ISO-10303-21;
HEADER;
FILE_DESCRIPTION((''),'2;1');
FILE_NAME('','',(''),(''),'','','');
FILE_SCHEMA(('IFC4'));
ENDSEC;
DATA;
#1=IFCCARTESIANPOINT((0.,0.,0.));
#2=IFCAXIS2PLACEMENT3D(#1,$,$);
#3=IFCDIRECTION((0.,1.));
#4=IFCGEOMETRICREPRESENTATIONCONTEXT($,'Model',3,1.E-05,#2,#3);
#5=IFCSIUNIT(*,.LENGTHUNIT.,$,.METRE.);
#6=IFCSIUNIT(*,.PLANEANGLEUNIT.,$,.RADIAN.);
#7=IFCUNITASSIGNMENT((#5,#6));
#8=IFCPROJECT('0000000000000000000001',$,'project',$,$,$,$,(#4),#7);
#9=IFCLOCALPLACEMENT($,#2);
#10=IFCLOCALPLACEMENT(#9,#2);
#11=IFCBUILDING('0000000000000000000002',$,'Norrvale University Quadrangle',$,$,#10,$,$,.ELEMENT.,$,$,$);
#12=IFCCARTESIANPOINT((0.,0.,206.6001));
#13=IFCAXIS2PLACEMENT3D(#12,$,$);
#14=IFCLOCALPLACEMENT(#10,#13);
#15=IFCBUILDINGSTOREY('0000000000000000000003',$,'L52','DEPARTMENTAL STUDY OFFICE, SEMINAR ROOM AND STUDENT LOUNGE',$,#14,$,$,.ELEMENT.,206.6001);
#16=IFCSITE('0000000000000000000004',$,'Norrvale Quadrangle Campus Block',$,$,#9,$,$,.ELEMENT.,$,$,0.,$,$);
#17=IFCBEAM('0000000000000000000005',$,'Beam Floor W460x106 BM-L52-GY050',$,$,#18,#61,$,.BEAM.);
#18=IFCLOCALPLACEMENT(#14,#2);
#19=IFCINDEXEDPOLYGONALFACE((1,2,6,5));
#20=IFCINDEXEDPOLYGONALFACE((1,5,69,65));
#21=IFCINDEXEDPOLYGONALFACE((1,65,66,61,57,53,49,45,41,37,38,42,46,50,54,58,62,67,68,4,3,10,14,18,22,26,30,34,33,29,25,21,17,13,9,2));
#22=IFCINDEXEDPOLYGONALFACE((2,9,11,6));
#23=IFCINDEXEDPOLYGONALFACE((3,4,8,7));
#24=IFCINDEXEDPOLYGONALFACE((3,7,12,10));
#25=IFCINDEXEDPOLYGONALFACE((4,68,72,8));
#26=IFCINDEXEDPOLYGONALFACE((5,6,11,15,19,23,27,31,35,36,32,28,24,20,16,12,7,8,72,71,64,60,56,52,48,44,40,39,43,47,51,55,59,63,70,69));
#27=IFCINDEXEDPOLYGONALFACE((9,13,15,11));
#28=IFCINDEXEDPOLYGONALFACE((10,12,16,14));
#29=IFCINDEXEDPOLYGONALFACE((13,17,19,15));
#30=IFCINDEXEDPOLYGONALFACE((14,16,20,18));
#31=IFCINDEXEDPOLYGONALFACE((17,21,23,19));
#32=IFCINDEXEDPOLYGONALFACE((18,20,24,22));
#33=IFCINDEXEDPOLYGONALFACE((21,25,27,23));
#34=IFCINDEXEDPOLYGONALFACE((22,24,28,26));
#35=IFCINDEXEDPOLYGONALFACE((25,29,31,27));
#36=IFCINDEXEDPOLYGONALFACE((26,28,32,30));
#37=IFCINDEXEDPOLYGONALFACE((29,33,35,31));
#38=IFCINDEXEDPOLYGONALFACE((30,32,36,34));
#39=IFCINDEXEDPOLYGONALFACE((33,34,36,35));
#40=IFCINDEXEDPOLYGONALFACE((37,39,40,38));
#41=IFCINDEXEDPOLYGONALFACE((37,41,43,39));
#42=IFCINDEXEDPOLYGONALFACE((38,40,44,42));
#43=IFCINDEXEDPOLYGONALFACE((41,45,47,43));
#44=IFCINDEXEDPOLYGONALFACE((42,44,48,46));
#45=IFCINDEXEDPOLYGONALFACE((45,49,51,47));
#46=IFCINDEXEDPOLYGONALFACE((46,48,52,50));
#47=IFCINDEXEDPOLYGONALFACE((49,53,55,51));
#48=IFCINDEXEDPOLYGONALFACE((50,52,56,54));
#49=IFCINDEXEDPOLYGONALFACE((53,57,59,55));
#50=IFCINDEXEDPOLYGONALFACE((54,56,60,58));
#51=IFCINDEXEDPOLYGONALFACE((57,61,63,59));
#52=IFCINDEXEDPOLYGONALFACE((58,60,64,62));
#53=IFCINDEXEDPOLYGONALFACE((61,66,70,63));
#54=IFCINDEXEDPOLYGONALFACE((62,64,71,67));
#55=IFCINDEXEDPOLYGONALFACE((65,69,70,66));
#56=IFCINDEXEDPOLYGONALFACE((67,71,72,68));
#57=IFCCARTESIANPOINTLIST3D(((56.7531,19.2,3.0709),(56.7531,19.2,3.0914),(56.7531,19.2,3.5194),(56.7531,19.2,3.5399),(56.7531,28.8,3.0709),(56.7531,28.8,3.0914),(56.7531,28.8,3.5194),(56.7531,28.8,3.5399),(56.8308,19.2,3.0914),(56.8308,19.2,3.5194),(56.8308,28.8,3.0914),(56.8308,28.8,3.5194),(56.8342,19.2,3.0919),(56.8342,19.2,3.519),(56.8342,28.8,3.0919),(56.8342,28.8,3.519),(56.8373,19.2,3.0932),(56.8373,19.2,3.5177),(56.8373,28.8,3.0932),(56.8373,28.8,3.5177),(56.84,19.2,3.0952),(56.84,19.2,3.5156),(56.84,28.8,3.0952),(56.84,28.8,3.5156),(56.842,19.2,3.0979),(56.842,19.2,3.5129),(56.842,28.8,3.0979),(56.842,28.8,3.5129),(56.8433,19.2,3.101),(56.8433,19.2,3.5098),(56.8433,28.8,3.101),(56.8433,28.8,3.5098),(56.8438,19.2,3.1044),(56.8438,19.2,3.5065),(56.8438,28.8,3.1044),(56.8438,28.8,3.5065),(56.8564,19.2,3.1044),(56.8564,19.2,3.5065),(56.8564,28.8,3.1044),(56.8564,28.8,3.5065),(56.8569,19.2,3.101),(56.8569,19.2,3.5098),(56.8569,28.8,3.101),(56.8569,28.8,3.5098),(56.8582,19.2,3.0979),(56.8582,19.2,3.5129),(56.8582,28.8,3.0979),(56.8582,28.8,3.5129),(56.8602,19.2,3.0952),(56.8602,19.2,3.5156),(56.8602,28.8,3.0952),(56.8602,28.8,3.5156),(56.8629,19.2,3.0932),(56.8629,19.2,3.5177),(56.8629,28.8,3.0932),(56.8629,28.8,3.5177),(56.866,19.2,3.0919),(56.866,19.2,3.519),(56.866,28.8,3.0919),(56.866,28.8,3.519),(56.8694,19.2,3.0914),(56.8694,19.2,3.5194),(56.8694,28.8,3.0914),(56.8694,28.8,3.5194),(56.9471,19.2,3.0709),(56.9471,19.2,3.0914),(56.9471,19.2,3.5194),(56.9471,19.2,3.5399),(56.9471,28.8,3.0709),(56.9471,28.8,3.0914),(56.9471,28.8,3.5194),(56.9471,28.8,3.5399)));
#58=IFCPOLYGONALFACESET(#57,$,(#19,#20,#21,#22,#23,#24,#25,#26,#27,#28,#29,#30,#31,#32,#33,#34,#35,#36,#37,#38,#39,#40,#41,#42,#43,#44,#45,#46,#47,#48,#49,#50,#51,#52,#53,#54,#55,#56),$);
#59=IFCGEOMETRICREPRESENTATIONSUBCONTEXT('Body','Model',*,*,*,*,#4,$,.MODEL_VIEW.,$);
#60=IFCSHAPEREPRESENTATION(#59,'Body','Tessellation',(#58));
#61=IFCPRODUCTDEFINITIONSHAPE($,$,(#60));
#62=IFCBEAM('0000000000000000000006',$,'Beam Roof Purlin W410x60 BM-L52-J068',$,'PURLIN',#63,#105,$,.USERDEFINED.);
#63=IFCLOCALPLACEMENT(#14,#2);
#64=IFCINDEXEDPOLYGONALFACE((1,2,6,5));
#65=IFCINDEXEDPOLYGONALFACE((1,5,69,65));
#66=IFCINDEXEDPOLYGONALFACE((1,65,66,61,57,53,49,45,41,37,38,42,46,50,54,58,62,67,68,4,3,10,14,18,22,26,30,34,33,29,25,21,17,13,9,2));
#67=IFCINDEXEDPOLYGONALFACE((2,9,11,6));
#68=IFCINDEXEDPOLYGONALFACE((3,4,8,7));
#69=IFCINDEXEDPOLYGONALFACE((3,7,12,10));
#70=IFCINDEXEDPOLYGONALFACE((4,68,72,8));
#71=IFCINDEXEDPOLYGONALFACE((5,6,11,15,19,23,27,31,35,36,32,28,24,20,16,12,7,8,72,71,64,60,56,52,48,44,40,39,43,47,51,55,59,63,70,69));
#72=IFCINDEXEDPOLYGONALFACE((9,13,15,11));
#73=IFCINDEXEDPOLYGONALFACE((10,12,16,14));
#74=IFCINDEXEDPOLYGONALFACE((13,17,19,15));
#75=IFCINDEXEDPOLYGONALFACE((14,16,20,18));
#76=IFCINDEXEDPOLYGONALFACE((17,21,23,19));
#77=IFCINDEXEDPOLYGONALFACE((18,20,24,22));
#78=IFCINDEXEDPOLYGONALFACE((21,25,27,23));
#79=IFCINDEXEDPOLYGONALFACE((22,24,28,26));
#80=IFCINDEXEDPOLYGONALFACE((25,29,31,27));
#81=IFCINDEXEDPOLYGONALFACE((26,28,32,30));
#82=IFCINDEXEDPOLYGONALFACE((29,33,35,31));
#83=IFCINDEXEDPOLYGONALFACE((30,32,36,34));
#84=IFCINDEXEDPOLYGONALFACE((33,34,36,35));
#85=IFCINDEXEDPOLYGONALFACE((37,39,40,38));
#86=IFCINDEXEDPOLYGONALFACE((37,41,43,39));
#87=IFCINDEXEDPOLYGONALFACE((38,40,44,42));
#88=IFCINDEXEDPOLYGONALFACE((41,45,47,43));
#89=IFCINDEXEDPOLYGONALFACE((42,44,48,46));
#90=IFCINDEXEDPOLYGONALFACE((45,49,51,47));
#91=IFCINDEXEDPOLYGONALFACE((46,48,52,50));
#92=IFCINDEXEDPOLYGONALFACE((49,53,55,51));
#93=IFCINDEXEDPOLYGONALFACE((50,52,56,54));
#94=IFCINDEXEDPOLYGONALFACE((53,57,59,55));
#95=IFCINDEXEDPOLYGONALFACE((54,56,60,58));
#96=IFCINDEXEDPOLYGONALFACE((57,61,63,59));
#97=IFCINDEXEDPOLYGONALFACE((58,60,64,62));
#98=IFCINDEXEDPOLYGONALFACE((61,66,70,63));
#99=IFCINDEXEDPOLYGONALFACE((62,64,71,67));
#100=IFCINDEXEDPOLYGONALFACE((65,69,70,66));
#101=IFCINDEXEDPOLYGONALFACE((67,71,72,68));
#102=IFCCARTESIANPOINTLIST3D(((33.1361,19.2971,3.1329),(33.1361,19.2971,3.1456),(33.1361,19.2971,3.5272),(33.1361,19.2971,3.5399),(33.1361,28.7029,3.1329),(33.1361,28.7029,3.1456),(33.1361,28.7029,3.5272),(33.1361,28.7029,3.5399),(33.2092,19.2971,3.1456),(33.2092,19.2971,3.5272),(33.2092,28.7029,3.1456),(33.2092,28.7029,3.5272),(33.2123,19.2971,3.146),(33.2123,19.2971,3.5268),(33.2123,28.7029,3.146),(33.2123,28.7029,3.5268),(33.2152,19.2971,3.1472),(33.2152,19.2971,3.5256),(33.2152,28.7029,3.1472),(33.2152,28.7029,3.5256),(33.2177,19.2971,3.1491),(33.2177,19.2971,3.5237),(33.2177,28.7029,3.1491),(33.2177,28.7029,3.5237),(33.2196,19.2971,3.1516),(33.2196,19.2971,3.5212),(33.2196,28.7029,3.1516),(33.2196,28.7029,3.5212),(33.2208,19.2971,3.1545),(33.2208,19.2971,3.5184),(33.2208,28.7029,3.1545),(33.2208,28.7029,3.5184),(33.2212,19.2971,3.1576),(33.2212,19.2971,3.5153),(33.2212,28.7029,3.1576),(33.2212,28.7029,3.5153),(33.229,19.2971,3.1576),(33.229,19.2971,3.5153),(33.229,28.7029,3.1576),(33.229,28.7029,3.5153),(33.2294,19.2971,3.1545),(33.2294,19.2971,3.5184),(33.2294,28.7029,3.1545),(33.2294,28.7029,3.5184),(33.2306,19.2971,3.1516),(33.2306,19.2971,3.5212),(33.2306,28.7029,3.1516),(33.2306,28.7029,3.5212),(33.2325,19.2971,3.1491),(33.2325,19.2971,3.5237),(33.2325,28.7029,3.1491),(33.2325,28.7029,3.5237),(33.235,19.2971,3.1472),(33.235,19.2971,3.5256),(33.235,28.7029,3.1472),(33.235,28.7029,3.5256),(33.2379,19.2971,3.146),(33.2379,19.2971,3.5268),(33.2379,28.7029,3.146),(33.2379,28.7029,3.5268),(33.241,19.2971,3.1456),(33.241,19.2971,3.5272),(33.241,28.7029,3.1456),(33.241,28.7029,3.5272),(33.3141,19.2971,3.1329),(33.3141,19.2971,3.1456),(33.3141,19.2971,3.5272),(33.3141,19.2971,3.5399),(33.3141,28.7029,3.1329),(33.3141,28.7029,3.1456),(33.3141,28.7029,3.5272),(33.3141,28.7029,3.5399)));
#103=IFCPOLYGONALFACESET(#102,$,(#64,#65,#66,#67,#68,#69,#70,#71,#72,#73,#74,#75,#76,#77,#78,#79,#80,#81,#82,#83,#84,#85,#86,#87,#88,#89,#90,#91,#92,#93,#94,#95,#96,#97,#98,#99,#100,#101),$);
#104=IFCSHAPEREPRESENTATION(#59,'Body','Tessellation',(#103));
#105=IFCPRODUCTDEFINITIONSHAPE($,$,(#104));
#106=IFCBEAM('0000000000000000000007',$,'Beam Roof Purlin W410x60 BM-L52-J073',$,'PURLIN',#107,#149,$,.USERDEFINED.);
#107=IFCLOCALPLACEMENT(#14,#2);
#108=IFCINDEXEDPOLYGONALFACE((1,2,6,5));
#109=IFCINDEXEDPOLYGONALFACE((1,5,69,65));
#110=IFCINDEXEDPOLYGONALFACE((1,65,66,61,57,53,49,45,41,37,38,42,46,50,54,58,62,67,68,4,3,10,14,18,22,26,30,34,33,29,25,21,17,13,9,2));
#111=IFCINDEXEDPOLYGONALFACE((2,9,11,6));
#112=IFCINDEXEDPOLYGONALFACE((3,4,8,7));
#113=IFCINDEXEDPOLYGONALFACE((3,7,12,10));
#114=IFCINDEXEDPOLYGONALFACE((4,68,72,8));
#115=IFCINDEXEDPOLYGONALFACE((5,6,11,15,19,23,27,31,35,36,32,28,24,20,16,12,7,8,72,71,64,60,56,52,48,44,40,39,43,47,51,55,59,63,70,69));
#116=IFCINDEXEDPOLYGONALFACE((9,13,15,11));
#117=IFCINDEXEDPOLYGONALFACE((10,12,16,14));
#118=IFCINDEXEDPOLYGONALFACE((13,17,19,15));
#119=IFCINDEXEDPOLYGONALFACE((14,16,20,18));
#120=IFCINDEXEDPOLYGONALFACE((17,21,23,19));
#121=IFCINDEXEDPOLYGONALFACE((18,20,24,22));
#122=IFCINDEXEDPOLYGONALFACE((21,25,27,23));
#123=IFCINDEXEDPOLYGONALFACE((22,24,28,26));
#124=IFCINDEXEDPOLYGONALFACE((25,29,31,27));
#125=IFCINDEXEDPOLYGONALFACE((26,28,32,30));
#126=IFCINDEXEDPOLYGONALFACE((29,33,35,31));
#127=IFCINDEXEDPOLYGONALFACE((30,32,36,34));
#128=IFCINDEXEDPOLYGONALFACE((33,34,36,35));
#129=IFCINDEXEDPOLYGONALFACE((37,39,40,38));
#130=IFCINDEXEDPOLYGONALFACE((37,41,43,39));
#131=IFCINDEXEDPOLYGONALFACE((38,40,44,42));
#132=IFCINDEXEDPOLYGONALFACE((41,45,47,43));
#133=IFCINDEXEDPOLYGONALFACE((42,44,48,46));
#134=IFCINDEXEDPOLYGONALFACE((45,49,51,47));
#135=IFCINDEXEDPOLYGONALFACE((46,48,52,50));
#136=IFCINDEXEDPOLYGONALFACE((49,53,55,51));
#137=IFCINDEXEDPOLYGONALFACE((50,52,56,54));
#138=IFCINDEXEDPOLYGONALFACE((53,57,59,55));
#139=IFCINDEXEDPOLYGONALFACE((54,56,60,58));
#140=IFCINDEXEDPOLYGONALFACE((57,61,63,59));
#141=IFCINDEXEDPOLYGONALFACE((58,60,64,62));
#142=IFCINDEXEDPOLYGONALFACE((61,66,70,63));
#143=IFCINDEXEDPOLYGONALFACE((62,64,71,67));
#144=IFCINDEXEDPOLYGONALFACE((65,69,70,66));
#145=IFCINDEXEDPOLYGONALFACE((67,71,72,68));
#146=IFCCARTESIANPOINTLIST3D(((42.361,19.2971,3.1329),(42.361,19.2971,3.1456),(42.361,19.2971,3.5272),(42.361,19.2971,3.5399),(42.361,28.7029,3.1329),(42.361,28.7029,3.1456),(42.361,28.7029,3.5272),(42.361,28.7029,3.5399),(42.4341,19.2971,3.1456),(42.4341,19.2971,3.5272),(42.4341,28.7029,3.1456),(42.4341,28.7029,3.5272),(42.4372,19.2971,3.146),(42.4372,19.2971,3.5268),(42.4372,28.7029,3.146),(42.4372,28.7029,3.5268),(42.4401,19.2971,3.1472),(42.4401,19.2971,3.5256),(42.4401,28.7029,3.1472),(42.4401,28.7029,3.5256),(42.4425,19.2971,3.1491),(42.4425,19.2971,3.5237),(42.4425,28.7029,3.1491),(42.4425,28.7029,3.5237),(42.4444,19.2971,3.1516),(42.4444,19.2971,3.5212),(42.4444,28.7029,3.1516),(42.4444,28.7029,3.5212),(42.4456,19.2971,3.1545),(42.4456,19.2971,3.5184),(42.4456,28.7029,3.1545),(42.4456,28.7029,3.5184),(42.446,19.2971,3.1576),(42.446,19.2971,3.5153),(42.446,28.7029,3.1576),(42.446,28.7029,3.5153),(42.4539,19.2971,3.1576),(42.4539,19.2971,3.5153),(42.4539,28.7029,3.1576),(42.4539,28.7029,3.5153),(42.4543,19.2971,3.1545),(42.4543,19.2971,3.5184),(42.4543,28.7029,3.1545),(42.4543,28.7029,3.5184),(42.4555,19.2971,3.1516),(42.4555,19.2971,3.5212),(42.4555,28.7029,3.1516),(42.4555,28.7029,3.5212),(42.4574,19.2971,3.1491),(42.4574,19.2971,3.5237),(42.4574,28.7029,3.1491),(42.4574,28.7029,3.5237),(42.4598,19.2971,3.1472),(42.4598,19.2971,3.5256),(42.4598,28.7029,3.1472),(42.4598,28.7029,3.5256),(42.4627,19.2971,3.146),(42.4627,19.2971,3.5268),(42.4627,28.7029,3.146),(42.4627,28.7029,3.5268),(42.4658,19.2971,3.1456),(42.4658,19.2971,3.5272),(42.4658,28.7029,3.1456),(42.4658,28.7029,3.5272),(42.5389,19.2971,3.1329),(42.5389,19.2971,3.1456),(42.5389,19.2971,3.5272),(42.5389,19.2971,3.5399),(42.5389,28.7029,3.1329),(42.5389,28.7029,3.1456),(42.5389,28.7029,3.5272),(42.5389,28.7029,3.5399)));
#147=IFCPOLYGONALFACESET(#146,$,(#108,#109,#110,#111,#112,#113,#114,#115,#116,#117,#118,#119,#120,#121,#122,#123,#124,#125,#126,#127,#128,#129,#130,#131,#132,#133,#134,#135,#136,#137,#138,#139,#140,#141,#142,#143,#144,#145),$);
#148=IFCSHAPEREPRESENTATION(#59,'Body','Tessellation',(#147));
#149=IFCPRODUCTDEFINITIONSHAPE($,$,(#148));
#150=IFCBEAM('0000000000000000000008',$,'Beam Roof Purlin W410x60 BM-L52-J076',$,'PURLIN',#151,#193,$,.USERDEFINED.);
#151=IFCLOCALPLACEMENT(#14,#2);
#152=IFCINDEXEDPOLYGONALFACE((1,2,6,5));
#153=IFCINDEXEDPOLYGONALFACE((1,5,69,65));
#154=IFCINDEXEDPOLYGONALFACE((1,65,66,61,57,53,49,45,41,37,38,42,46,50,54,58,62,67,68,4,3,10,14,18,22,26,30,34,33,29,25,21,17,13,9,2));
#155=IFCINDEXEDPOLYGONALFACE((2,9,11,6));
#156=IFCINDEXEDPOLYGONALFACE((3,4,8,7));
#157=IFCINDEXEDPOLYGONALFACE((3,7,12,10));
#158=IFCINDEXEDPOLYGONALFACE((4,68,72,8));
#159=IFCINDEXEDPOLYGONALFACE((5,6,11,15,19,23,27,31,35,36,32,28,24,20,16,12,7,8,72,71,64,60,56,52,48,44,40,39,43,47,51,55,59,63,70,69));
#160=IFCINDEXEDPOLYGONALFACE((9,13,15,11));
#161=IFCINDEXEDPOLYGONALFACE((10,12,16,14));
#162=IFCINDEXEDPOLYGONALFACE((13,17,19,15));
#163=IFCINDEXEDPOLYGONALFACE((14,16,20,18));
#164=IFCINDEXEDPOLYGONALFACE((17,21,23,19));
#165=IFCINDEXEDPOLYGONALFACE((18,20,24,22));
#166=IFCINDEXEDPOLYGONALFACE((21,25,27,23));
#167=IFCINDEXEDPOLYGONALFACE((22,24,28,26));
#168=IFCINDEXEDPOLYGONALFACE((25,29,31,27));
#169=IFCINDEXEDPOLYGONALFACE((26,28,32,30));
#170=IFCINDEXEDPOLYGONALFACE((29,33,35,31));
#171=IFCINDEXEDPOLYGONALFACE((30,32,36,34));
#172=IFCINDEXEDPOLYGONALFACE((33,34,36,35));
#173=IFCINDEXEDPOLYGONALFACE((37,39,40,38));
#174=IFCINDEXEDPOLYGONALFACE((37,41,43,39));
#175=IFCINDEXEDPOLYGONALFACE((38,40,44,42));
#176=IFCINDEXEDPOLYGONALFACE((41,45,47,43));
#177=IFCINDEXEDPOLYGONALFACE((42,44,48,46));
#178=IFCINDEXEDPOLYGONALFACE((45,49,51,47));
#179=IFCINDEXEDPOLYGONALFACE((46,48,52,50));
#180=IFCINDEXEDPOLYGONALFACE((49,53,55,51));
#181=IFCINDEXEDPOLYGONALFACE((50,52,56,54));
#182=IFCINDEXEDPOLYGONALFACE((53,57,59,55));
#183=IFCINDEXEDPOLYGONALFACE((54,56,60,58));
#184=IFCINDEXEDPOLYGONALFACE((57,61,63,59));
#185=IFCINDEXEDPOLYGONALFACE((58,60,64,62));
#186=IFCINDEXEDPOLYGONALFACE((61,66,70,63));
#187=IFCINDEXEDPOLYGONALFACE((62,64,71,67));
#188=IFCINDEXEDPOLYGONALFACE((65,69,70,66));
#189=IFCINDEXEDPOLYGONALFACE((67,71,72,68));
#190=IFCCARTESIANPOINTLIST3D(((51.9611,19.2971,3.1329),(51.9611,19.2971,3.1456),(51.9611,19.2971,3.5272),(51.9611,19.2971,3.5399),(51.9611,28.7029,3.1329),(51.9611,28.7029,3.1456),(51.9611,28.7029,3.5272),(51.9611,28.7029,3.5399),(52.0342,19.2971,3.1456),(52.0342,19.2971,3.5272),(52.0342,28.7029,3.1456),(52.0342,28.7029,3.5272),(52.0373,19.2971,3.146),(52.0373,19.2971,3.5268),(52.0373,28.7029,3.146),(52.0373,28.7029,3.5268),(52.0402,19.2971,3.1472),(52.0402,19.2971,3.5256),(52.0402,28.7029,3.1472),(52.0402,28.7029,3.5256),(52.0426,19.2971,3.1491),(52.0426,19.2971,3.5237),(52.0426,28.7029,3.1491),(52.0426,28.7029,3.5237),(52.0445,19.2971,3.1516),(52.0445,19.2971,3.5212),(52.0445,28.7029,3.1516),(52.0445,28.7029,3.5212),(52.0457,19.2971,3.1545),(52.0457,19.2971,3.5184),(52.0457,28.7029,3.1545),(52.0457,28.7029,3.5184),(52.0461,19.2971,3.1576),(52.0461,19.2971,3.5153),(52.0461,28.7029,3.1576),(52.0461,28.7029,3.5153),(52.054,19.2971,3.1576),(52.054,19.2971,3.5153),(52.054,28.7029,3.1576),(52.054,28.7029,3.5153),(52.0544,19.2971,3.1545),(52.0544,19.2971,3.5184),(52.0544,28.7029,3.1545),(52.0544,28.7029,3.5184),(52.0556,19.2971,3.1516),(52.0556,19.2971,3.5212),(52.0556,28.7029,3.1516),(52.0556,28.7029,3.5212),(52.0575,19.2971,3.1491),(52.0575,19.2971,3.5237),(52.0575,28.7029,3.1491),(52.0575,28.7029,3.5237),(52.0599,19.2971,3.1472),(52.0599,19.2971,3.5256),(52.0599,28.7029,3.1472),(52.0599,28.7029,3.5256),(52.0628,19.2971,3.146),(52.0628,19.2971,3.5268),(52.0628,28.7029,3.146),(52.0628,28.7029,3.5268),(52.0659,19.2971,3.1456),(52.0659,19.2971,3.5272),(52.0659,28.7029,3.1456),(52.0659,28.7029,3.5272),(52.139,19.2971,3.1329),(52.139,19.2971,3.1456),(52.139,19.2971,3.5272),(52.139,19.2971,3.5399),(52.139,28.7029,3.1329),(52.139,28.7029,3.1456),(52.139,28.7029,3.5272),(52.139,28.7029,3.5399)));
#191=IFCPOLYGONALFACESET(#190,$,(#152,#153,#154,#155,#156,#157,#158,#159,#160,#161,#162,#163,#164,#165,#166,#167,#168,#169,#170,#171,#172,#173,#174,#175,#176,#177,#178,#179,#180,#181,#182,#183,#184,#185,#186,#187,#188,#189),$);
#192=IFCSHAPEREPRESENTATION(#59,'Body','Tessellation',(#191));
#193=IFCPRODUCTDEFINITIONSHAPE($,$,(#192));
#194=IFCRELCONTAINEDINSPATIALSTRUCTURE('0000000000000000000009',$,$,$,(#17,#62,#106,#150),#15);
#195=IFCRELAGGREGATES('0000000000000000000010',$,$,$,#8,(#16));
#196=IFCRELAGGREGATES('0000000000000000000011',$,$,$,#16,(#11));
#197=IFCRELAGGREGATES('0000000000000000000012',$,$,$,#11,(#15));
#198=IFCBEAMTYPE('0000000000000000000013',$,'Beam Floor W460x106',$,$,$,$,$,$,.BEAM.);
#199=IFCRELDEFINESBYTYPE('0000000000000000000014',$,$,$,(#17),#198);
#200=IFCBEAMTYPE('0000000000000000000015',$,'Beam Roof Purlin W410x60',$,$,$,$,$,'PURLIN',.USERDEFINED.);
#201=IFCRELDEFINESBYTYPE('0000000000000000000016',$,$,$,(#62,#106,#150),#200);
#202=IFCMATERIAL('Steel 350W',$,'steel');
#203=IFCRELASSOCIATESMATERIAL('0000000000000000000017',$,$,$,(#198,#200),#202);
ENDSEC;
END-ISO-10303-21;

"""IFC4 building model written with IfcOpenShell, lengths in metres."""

from ifc_helpers import new_model, si_unit, direction, frame, origin, origin_2d, place, context, subcontext, project, spatial, i_section, extrude, material, material_profile, profile_set, type_object, element, save


model = new_model("IFC4")

# Units and contexts
model_context = context("Model", 3, precision=1e-05, world=origin(), true_north=direction((0.0, 1.0)))
body_context = subcontext(model_context, "Body", "Model", "MODEL_VIEW")
ifc_project = project(units=[si_unit("LENGTHUNIT", "METRE"), si_unit("PLANEANGLEUNIT", "RADIAN")], contexts=[model_context])

# Site, building, storey
site_placement = place(None, origin())
site = spatial("IfcSite", under=ifc_project, at=site_placement, Name="Norrvale Quadrangle Campus Block", CompositionType="ELEMENT", RefElevation=0.0)
building_placement = place(site_placement, origin())
building = spatial("IfcBuilding", under=site, at=building_placement, Name="Norrvale University Quadrangle", CompositionType="ELEMENT")
storey_placement = place(building_placement, frame((0.0, 0.0, 206.6001)))
storey = spatial("IfcBuildingStorey", under=building, at=storey_placement, Name="L52", Description="DEPARTMENTAL STUDY OFFICE, SEMINAR ROOM AND STUDENT LOUNGE", CompositionType="ELEMENT", Elevation=206.6001)

# Beams
ifc_material_1 = material(Name="Steel 350W", Category="steel")
ifc_material_profile_1 = material_profile(ifc_material_1, i_section(OverallWidth=0.1941, OverallDepth=0.469, WebThickness=0.0127, FlangeThickness=0.0205, FilletRadius=0.0129, at=origin_2d()), Name="Steel 350W")
ifc_profile_set_1 = profile_set([ifc_material_profile_1], Name="Steel 350W")
beam_type_1 = type_object("IfcBeamType", Name="Beam Floor W460x106", PredefinedType="BEAM", material=ifc_profile_set_1)
beam_1_placement = place(storey_placement, frame((56.8501, 19.2, 3.3054), z_axis=(0.0, 1.0, 0.0), x_axis=(-1.0, 0.0, 0.0)))
element("IfcBeam", 1, at=beam_1_placement, inside=storey, type_object=beam_type_1, Name="Beam Floor W460x106 BM-L52-GY050", PredefinedType="BEAM", context=body_context, shape_type="SweptSolid", body=[
    extrude(i_section(OverallWidth=0.1941, OverallDepth=0.469, WebThickness=0.0127, FlangeThickness=0.0205, FilletRadius=0.0129, at=origin_2d()), origin(), (0.0, 0.0, 1.0), 9.6001),
])
ifc_material_profile_2 = material_profile(ifc_material_1, i_section(OverallWidth=0.178, OverallDepth=0.407, WebThickness=0.0078, FlangeThickness=0.0127, FilletRadius=0.012, at=origin_2d()), Name="Steel 350W")
ifc_profile_set_2 = profile_set([ifc_material_profile_2], Name="Steel 350W")
beam_type_2 = type_object("IfcBeamType", Name="Beam Roof Purlin W410x60", ElementType="PURLIN", PredefinedType="USERDEFINED", material=ifc_profile_set_2)
for number, where, z_axis, x_axis, name in (
    (2, (33.2251, 19.2971, 3.3364), (0.0, 1.0, 0.0), (-1.0, 0.0, 0.0), "Beam Roof Purlin W410x60 BM-L52-J068"),
    (3, (42.45, 19.2971, 3.3364), (0.0, 1.0, 0.0), (-1.0, 0.0, 0.0), "Beam Roof Purlin W410x60 BM-L52-J073"),
    (4, (52.05, 19.2971, 3.3364), (0.0, 1.0, 0.0), (-1.0, 0.0, 0.0), "Beam Roof Purlin W410x60 BM-L52-J076"),
):
    element("IfcBeam", number, at=place(storey_placement, frame(where, z_axis=z_axis, x_axis=x_axis)), inside=storey, type_object=beam_type_2, Name=name, ObjectType="PURLIN", PredefinedType="USERDEFINED", context=body_context, shape_type="SweptSolid", body=[
        extrude(i_section(OverallWidth=0.178, OverallDepth=0.407, WebThickness=0.0078, FlangeThickness=0.0127, FilletRadius=0.012, at=origin_2d()), origin(), (0.0, 0.0, 1.0), 9.4058),
    ])

save(model, "model.ifc")
